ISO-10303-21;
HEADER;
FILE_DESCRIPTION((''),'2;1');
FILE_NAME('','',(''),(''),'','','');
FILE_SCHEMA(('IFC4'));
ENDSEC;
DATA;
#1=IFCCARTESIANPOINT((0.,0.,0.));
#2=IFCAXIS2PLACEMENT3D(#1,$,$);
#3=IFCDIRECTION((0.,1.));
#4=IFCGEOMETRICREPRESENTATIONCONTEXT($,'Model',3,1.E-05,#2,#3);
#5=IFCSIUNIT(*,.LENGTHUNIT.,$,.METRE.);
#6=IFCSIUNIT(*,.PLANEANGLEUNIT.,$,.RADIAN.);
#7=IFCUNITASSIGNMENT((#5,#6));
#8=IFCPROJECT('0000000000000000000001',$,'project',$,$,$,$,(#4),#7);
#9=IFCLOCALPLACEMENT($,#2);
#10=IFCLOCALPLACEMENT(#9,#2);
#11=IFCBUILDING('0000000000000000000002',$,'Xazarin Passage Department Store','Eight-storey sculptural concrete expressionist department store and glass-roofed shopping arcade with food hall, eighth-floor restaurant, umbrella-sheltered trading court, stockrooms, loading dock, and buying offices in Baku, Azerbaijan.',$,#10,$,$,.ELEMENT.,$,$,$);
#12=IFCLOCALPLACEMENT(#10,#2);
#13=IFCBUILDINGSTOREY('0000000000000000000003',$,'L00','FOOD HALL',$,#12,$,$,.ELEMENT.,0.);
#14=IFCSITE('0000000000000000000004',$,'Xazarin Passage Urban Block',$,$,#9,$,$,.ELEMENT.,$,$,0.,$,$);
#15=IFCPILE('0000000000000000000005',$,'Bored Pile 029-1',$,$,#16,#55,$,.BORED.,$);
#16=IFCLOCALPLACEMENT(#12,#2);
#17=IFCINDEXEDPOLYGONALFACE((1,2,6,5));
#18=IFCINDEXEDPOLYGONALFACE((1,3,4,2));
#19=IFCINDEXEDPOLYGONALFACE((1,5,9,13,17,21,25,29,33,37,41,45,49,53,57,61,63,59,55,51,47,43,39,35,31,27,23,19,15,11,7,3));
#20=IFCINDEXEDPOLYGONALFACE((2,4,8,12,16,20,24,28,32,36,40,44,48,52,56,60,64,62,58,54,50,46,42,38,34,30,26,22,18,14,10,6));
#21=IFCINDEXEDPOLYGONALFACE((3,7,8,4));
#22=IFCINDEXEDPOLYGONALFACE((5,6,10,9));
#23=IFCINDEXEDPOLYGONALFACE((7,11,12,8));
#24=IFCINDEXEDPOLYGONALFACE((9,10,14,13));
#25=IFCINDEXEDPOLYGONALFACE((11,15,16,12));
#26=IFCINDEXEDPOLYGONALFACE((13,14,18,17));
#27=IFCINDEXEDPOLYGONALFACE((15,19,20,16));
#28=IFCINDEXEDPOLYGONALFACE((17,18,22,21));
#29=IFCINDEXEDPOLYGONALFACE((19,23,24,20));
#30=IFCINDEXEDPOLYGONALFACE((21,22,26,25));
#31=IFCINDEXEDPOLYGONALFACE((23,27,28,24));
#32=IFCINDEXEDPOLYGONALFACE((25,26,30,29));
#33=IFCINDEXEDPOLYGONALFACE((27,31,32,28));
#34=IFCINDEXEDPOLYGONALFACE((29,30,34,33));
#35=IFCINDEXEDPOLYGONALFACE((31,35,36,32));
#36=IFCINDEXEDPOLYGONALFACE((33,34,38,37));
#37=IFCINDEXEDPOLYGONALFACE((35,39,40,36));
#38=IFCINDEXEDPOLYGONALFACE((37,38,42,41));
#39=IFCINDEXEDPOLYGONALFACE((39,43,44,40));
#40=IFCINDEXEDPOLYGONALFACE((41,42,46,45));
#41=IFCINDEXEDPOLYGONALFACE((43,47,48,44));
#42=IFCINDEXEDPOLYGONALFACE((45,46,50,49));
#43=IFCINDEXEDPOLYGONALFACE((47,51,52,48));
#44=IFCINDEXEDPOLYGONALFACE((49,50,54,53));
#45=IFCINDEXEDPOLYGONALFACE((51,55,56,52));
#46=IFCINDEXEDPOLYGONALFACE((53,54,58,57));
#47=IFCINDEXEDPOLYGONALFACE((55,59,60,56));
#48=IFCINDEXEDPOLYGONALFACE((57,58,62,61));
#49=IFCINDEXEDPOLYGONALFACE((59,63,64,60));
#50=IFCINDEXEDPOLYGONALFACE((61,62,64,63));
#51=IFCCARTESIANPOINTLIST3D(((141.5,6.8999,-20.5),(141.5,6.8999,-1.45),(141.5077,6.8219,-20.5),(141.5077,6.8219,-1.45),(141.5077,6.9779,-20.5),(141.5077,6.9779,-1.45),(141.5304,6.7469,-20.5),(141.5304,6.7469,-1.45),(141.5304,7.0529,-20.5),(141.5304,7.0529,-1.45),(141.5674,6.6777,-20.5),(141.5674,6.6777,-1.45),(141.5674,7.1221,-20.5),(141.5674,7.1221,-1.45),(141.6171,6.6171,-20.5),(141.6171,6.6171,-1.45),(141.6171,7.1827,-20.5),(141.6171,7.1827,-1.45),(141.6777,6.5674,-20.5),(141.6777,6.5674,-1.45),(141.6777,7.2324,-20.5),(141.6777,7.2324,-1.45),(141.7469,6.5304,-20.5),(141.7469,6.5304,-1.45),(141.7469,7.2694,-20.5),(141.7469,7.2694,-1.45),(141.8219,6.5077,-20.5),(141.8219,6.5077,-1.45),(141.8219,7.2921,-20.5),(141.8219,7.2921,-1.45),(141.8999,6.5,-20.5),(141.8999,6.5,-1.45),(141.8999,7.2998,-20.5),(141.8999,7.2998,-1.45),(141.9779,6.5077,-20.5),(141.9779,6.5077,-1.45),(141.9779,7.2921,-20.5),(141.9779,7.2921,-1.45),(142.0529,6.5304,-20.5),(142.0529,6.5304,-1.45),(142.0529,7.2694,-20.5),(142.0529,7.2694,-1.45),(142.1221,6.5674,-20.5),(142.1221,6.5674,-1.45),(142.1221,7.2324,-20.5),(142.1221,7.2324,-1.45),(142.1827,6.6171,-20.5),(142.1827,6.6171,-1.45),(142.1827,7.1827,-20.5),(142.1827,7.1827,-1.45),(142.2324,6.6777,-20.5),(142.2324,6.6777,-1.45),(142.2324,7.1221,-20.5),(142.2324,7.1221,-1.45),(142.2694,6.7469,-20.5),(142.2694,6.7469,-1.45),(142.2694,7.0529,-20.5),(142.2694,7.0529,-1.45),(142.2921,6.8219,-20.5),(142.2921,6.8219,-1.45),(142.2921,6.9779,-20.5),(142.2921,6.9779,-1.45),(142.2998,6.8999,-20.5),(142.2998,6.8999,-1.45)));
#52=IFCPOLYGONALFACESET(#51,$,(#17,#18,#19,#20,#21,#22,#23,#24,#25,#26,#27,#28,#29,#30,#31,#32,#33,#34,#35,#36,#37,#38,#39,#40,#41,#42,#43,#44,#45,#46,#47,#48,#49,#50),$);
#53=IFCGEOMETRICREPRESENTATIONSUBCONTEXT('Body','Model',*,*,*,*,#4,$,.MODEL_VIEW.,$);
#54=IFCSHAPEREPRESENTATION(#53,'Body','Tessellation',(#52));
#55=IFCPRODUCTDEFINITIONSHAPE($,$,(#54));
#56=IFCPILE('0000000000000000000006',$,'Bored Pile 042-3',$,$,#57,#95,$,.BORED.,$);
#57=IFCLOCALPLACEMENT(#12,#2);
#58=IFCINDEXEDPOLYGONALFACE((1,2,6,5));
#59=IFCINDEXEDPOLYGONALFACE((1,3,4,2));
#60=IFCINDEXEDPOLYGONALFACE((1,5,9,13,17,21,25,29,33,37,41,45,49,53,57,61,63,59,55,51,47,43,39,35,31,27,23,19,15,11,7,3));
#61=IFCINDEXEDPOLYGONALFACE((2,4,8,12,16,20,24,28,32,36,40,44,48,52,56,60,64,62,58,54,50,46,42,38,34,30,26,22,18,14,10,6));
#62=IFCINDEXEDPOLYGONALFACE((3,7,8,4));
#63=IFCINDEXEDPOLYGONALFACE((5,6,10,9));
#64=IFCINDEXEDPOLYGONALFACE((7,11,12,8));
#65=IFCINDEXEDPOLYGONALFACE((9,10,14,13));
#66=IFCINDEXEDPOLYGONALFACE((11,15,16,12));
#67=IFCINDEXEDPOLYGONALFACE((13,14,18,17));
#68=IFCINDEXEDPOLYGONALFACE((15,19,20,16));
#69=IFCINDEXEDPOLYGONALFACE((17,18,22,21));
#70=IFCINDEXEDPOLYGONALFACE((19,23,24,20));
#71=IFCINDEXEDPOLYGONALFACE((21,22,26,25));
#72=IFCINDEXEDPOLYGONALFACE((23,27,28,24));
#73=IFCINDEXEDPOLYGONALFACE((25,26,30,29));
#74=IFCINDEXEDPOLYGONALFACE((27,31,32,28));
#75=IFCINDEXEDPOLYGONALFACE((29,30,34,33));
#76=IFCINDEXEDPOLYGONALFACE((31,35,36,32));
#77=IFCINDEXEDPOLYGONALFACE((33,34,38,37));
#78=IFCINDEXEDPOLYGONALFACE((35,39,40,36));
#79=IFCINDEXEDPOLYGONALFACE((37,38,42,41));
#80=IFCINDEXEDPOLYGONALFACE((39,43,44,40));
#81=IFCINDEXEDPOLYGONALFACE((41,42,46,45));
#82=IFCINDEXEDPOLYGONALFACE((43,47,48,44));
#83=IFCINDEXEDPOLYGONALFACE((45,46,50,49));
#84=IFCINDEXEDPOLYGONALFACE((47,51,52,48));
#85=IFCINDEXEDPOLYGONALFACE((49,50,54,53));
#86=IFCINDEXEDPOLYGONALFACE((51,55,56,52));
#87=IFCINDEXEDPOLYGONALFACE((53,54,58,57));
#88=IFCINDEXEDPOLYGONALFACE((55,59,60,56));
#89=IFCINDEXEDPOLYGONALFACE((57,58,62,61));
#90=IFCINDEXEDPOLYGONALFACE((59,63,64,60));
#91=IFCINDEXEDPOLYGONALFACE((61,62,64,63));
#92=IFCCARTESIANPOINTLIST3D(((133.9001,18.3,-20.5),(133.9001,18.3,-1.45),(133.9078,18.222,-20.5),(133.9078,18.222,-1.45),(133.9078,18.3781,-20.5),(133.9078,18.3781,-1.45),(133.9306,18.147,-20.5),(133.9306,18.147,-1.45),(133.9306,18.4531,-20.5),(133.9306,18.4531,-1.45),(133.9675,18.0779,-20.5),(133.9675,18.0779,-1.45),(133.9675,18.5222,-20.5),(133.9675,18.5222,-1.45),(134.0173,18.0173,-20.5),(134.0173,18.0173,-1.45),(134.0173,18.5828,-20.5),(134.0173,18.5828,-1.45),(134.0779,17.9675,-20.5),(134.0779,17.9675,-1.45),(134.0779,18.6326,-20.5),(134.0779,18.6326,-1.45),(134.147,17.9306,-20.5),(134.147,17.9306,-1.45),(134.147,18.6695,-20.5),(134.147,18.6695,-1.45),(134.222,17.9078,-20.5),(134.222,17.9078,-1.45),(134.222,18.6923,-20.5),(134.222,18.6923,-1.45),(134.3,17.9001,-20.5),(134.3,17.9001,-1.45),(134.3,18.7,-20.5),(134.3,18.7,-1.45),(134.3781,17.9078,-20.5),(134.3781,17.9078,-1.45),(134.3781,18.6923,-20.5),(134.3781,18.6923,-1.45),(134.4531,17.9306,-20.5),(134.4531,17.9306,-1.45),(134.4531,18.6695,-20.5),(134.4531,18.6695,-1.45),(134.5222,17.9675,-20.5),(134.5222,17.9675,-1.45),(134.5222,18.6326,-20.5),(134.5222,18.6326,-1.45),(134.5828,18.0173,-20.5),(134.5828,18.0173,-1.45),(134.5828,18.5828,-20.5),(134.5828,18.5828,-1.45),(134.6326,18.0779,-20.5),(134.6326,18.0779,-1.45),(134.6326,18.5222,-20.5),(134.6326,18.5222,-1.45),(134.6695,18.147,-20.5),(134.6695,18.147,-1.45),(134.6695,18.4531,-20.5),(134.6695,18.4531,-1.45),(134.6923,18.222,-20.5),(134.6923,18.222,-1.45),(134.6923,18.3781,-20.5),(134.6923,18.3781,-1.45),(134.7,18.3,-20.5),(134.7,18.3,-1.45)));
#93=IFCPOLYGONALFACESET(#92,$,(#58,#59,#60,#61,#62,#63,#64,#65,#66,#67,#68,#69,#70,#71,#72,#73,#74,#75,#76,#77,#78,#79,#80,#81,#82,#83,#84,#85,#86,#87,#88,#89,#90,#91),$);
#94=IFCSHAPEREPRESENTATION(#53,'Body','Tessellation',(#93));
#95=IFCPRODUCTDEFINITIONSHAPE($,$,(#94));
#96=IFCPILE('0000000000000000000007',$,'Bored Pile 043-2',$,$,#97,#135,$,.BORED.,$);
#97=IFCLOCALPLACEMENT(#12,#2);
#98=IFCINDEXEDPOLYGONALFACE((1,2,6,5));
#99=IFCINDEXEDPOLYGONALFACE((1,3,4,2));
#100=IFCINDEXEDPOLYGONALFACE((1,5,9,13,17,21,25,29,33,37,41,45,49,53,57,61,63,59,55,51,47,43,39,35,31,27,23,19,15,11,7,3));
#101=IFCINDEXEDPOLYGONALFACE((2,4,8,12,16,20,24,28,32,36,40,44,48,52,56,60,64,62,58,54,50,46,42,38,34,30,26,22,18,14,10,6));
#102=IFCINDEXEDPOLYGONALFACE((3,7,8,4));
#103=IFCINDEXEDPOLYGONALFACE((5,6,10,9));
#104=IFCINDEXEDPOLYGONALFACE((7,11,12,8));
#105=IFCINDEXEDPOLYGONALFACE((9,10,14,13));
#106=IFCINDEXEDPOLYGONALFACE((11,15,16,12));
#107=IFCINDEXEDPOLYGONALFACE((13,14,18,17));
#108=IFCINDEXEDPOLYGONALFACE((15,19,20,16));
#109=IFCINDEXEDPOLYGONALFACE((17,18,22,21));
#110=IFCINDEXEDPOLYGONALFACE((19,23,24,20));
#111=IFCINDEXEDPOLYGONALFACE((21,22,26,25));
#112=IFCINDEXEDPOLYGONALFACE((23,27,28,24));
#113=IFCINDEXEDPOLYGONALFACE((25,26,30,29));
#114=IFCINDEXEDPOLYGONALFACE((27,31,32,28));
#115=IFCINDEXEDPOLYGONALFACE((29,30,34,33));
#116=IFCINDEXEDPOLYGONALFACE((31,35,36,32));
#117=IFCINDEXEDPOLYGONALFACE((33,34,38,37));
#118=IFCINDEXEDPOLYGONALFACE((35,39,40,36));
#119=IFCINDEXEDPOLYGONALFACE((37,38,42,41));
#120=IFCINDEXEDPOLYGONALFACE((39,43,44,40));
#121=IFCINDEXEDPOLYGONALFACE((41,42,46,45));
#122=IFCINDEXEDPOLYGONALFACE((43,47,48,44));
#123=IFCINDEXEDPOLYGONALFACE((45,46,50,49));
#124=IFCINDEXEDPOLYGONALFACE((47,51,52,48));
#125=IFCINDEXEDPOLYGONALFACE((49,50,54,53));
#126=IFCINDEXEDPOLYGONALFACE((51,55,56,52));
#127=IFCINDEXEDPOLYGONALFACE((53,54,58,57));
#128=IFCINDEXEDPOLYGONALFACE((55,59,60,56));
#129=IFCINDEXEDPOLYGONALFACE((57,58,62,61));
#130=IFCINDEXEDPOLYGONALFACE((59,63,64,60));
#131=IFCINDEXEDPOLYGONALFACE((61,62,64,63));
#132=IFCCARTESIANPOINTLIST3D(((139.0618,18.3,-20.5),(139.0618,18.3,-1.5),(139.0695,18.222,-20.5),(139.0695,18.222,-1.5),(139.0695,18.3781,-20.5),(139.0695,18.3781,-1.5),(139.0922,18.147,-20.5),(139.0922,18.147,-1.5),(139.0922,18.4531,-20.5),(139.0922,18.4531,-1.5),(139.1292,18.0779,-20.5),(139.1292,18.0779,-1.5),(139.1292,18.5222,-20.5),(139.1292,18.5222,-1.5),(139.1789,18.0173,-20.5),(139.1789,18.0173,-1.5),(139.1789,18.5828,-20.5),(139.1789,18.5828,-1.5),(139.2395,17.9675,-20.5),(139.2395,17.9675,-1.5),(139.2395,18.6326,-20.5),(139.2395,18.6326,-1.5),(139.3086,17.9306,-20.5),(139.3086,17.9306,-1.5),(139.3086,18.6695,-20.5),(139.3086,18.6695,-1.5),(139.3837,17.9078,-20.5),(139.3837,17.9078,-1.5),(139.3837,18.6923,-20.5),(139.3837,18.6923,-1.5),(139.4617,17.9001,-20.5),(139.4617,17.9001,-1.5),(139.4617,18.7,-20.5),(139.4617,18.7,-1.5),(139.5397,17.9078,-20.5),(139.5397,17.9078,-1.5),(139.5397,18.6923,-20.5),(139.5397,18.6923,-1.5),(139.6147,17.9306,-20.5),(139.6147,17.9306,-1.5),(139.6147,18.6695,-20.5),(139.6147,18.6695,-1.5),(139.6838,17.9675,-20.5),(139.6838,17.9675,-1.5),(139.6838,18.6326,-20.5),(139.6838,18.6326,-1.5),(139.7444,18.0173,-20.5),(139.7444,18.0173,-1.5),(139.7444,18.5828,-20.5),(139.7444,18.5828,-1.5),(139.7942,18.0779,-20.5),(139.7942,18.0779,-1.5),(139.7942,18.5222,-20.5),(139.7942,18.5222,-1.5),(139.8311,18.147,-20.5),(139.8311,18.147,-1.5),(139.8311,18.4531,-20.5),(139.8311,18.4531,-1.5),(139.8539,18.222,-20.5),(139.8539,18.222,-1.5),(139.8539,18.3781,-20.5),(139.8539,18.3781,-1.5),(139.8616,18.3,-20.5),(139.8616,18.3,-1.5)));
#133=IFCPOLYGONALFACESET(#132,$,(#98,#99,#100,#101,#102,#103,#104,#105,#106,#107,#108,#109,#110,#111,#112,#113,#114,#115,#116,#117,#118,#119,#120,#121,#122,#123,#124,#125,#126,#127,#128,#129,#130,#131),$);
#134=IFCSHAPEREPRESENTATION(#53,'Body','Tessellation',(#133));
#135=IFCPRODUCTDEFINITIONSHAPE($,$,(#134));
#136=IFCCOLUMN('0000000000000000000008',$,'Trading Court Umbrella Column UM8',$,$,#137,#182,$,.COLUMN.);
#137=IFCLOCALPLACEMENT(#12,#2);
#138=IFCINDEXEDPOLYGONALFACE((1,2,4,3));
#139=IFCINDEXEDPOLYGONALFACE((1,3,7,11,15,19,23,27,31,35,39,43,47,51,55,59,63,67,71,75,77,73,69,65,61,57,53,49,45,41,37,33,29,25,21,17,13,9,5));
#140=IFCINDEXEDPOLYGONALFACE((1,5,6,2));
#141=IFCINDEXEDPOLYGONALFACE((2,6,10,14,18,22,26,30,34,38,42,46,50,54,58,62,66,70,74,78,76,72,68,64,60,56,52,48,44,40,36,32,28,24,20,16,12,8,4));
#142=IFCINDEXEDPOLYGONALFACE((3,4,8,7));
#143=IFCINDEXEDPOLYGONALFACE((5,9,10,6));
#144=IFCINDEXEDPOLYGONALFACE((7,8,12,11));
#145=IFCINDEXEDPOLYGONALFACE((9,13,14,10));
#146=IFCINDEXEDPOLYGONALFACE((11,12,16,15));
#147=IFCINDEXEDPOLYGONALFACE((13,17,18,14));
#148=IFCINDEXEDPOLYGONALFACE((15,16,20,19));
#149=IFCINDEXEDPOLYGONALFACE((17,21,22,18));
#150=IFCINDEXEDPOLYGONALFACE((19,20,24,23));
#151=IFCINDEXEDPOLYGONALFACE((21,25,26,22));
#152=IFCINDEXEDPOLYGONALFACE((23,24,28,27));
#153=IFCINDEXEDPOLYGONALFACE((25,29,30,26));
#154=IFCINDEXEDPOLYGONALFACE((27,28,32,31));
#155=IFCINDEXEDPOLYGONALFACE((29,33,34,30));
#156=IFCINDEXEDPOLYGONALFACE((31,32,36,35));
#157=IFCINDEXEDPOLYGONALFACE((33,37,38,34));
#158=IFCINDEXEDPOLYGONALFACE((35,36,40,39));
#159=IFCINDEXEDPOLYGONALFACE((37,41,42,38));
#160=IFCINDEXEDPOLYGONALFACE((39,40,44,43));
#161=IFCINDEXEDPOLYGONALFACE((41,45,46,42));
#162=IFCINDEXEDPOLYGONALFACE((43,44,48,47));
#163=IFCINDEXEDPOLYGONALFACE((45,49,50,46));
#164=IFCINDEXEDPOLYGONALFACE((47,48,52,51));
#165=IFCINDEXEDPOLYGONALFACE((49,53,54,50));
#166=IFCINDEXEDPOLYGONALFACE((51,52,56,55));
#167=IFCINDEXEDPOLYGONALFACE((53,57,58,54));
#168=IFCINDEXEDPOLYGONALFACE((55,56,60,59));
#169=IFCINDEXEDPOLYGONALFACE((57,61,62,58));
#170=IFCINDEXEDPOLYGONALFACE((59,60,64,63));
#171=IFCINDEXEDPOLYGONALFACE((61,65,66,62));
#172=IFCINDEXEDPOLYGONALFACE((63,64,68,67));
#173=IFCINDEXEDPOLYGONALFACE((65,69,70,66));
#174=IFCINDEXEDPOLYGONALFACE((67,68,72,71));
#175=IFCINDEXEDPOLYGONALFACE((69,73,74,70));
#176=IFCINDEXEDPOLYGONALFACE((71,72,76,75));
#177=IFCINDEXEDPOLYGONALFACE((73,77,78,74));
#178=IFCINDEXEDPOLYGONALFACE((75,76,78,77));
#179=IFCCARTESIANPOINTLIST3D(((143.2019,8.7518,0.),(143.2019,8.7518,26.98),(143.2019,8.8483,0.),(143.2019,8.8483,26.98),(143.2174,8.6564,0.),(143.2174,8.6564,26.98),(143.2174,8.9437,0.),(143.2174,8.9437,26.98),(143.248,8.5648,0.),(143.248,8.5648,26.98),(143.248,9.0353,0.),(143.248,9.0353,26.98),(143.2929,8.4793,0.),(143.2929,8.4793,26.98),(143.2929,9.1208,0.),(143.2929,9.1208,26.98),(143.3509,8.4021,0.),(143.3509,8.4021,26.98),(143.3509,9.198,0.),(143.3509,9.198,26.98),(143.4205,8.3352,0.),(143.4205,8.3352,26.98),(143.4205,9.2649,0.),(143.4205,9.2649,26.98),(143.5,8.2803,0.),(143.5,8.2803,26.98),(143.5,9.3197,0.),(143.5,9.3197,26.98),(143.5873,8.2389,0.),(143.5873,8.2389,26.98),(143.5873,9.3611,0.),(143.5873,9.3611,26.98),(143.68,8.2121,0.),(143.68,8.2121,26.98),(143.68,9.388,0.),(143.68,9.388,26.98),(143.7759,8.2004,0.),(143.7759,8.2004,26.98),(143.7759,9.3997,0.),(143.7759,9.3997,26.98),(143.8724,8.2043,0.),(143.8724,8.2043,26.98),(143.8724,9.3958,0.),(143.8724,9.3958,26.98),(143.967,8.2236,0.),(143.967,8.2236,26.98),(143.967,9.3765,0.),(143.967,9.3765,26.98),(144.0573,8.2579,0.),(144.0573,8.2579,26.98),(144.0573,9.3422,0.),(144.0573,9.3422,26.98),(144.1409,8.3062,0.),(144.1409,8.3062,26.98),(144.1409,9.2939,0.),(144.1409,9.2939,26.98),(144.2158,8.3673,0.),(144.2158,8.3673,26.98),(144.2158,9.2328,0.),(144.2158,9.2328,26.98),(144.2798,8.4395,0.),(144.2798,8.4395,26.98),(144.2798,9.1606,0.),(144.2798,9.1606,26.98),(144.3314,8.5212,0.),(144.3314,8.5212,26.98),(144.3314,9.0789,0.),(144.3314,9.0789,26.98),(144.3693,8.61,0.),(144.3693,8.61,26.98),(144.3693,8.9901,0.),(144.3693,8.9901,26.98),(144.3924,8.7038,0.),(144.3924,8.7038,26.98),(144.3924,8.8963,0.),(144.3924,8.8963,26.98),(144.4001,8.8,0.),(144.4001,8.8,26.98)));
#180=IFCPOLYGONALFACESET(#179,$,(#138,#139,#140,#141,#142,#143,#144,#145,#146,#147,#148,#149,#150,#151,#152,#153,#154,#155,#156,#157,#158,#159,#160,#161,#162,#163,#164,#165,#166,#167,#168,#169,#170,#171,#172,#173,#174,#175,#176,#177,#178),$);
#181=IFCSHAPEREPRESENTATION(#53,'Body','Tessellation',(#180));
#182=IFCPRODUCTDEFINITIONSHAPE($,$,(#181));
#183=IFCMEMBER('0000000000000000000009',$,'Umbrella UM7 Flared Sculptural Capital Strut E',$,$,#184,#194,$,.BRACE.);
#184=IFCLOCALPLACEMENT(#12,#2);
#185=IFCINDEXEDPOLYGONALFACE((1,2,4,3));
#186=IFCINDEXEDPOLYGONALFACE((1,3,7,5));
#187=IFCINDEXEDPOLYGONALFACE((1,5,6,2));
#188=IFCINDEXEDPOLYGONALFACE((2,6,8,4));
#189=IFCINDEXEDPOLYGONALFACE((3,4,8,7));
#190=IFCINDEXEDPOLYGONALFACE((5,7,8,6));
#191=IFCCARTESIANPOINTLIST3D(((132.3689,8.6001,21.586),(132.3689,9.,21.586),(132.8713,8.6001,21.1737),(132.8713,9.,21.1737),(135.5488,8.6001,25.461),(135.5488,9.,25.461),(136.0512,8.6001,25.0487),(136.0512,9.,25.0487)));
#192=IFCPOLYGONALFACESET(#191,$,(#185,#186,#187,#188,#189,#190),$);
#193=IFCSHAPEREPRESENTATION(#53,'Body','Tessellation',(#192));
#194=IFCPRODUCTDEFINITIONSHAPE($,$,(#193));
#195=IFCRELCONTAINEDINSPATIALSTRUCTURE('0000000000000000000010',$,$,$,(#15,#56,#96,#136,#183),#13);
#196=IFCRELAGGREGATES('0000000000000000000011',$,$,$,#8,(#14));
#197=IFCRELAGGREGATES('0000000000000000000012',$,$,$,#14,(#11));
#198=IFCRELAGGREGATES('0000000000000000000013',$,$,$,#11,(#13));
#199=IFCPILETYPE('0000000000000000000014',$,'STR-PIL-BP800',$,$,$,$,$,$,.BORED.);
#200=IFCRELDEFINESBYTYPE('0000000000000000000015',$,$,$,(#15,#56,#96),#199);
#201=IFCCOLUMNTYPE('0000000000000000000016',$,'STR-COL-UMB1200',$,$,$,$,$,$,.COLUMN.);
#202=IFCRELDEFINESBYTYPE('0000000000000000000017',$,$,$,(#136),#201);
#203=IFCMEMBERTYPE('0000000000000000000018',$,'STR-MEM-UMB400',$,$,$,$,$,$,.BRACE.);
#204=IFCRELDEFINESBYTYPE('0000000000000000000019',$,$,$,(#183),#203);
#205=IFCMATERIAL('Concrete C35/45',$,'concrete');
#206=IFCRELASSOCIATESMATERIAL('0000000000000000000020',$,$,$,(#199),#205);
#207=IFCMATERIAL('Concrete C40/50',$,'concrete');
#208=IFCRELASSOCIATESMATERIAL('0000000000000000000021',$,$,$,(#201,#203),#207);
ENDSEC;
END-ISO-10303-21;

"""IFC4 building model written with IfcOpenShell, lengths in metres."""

from ifc_helpers import new_model, si_unit, direction, frame, origin, origin_2d, place, context, subcontext, project, spatial, rectangle, circle, extrude, material, material_profile, profile_set, type_object, element, save


model = new_model("IFC4")

# Units and contexts
model_context = context("Model", 3, precision=1e-05, world=origin(), true_north=direction((0.0, 1.0)))
body_context = subcontext(model_context, "Body", "Model", "MODEL_VIEW")
ifc_project = project(units=[si_unit("LENGTHUNIT", "METRE"), si_unit("PLANEANGLEUNIT", "RADIAN")], contexts=[model_context])

# Site, building, storey
site_placement = place(None, origin())
site = spatial("IfcSite", under=ifc_project, at=site_placement, Name="Xazarin Passage Urban Block", CompositionType="ELEMENT", RefElevation=0.0)
building_placement = place(site_placement, origin())
building = spatial("IfcBuilding", under=site, at=building_placement, Name="Xazarin Passage Department Store", Description="Eight-storey sculptural concrete expressionist department store and glass-roofed shopping arcade with food hall, eighth-floor restaurant, umbrella-sheltered trading court, stockrooms, loading dock, and buying offices in Baku, Azerbaijan.", CompositionType="ELEMENT")
storey_placement = place(building_placement, origin())
storey = spatial("IfcBuildingStorey", under=building, at=storey_placement, Name="L00", Description="FOOD HALL", CompositionType="ELEMENT", Elevation=0.0)

# Shared definitions
ifc_material_1 = material(Name="Concrete C35/45", Category="concrete")

# Piles
ifc_material_profile_1 = material_profile(ifc_material_1, circle(Radius=0.3999, at=origin_2d()), Name="BP 800")
ifc_profile_set_1 = profile_set([ifc_material_profile_1], Name="Concrete C35/45")
pile_type_1 = type_object("IfcPileType", Name="STR-PIL-BP800", PredefinedType="BORED", material=ifc_profile_set_1)
for number, where, z_axis, x_axis, name in (
    (1, (141.8999, 6.8999, -1.45), (0.0, 0.0, -1.0), (1.0, 0.0, 0.0), "Bored Pile 029-1"),
    (2, (134.3, 18.3, -1.45), (0.0, 0.0, -1.0), (1.0, 0.0, 0.0), "Bored Pile 042-3"),
):
    element("IfcPile", number, at=place(storey_placement, frame(where, z_axis=z_axis, x_axis=x_axis)), inside=storey, type_object=pile_type_1, Name=name, PredefinedType="BORED", context=body_context, shape_type="SweptSolid", body=[
        extrude(circle(Radius=0.3999, at=origin_2d()), origin(), (0.0, 0.0, 1.0), 19.05),
    ])
pile_1_placement = place(storey_placement, frame((139.4617, 18.3, -1.5), z_axis=(0.0, 0.0, -1.0), x_axis=(1.0, 0.0, 0.0)))
element("IfcPile", 3, at=pile_1_placement, inside=storey, type_object=pile_type_1, Name="Bored Pile 043-2", PredefinedType="BORED", context=body_context, shape_type="SweptSolid", body=[
    extrude(circle(Radius=0.3999, at=origin_2d()), origin(), (0.0, 0.0, 1.0), 19.0),
])

# Column
ifc_material_2 = material(Name="Concrete C40/50", Category="concrete")
ifc_material_profile_2 = material_profile(ifc_material_2, circle(Radius=0.6001, at=origin_2d()), Name="RCD 1200")
ifc_profile_set_2 = profile_set([ifc_material_profile_2], Name="Concrete C40/50")
column_type = type_object("IfcColumnType", Name="STR-COL-UMB1200", PredefinedType="COLUMN", material=ifc_profile_set_2)
column_placement = place(storey_placement, frame((143.8, 8.8, 0.0), z_axis=(0.0, 0.0, 1.0), x_axis=(1.0, 0.0, 0.0)))
element("IfcColumn", 4, at=column_placement, inside=storey, type_object=column_type, Name="Trading Court Umbrella Column UM8", PredefinedType="COLUMN", context=body_context, shape_type="SweptSolid", body=[
    extrude(circle(Radius=0.6001, at=origin_2d()), origin(), (0.0, 0.0, 1.0), 26.98),
])

# Member
ifc_material_profile_3 = material_profile(ifc_material_2, rectangle(XDim=0.3999, YDim=0.6499, at=origin_2d()), Name="RC 400x650")
ifc_profile_set_3 = profile_set([ifc_material_profile_3], Name="Concrete C40/50")
member_type = type_object("IfcMemberType", Name="STR-MEM-UMB400", PredefinedType="BRACE", material=ifc_profile_set_3)
for number, where, z_axis, x_axis, name in (
    (5, (132.6201, 8.8, 21.3799), (0.63437, 0.0, 0.77303), (0.0, 1.0, 0.0), "Umbrella UM7 Flared Sculptural Capital Strut E"),
):
    element("IfcMember", number, at=place(storey_placement, frame(where, z_axis=z_axis, x_axis=x_axis)), inside=storey, type_object=member_type, Name=name, PredefinedType="BRACE", context=body_context, shape_type="SweptSolid", body=[
        extrude(rectangle(XDim=0.3999, YDim=0.6499, at=origin_2d()), origin(), (0.0, 0.0, 1.0), 5.0127),
    ])

save(model, "model.ifc")
